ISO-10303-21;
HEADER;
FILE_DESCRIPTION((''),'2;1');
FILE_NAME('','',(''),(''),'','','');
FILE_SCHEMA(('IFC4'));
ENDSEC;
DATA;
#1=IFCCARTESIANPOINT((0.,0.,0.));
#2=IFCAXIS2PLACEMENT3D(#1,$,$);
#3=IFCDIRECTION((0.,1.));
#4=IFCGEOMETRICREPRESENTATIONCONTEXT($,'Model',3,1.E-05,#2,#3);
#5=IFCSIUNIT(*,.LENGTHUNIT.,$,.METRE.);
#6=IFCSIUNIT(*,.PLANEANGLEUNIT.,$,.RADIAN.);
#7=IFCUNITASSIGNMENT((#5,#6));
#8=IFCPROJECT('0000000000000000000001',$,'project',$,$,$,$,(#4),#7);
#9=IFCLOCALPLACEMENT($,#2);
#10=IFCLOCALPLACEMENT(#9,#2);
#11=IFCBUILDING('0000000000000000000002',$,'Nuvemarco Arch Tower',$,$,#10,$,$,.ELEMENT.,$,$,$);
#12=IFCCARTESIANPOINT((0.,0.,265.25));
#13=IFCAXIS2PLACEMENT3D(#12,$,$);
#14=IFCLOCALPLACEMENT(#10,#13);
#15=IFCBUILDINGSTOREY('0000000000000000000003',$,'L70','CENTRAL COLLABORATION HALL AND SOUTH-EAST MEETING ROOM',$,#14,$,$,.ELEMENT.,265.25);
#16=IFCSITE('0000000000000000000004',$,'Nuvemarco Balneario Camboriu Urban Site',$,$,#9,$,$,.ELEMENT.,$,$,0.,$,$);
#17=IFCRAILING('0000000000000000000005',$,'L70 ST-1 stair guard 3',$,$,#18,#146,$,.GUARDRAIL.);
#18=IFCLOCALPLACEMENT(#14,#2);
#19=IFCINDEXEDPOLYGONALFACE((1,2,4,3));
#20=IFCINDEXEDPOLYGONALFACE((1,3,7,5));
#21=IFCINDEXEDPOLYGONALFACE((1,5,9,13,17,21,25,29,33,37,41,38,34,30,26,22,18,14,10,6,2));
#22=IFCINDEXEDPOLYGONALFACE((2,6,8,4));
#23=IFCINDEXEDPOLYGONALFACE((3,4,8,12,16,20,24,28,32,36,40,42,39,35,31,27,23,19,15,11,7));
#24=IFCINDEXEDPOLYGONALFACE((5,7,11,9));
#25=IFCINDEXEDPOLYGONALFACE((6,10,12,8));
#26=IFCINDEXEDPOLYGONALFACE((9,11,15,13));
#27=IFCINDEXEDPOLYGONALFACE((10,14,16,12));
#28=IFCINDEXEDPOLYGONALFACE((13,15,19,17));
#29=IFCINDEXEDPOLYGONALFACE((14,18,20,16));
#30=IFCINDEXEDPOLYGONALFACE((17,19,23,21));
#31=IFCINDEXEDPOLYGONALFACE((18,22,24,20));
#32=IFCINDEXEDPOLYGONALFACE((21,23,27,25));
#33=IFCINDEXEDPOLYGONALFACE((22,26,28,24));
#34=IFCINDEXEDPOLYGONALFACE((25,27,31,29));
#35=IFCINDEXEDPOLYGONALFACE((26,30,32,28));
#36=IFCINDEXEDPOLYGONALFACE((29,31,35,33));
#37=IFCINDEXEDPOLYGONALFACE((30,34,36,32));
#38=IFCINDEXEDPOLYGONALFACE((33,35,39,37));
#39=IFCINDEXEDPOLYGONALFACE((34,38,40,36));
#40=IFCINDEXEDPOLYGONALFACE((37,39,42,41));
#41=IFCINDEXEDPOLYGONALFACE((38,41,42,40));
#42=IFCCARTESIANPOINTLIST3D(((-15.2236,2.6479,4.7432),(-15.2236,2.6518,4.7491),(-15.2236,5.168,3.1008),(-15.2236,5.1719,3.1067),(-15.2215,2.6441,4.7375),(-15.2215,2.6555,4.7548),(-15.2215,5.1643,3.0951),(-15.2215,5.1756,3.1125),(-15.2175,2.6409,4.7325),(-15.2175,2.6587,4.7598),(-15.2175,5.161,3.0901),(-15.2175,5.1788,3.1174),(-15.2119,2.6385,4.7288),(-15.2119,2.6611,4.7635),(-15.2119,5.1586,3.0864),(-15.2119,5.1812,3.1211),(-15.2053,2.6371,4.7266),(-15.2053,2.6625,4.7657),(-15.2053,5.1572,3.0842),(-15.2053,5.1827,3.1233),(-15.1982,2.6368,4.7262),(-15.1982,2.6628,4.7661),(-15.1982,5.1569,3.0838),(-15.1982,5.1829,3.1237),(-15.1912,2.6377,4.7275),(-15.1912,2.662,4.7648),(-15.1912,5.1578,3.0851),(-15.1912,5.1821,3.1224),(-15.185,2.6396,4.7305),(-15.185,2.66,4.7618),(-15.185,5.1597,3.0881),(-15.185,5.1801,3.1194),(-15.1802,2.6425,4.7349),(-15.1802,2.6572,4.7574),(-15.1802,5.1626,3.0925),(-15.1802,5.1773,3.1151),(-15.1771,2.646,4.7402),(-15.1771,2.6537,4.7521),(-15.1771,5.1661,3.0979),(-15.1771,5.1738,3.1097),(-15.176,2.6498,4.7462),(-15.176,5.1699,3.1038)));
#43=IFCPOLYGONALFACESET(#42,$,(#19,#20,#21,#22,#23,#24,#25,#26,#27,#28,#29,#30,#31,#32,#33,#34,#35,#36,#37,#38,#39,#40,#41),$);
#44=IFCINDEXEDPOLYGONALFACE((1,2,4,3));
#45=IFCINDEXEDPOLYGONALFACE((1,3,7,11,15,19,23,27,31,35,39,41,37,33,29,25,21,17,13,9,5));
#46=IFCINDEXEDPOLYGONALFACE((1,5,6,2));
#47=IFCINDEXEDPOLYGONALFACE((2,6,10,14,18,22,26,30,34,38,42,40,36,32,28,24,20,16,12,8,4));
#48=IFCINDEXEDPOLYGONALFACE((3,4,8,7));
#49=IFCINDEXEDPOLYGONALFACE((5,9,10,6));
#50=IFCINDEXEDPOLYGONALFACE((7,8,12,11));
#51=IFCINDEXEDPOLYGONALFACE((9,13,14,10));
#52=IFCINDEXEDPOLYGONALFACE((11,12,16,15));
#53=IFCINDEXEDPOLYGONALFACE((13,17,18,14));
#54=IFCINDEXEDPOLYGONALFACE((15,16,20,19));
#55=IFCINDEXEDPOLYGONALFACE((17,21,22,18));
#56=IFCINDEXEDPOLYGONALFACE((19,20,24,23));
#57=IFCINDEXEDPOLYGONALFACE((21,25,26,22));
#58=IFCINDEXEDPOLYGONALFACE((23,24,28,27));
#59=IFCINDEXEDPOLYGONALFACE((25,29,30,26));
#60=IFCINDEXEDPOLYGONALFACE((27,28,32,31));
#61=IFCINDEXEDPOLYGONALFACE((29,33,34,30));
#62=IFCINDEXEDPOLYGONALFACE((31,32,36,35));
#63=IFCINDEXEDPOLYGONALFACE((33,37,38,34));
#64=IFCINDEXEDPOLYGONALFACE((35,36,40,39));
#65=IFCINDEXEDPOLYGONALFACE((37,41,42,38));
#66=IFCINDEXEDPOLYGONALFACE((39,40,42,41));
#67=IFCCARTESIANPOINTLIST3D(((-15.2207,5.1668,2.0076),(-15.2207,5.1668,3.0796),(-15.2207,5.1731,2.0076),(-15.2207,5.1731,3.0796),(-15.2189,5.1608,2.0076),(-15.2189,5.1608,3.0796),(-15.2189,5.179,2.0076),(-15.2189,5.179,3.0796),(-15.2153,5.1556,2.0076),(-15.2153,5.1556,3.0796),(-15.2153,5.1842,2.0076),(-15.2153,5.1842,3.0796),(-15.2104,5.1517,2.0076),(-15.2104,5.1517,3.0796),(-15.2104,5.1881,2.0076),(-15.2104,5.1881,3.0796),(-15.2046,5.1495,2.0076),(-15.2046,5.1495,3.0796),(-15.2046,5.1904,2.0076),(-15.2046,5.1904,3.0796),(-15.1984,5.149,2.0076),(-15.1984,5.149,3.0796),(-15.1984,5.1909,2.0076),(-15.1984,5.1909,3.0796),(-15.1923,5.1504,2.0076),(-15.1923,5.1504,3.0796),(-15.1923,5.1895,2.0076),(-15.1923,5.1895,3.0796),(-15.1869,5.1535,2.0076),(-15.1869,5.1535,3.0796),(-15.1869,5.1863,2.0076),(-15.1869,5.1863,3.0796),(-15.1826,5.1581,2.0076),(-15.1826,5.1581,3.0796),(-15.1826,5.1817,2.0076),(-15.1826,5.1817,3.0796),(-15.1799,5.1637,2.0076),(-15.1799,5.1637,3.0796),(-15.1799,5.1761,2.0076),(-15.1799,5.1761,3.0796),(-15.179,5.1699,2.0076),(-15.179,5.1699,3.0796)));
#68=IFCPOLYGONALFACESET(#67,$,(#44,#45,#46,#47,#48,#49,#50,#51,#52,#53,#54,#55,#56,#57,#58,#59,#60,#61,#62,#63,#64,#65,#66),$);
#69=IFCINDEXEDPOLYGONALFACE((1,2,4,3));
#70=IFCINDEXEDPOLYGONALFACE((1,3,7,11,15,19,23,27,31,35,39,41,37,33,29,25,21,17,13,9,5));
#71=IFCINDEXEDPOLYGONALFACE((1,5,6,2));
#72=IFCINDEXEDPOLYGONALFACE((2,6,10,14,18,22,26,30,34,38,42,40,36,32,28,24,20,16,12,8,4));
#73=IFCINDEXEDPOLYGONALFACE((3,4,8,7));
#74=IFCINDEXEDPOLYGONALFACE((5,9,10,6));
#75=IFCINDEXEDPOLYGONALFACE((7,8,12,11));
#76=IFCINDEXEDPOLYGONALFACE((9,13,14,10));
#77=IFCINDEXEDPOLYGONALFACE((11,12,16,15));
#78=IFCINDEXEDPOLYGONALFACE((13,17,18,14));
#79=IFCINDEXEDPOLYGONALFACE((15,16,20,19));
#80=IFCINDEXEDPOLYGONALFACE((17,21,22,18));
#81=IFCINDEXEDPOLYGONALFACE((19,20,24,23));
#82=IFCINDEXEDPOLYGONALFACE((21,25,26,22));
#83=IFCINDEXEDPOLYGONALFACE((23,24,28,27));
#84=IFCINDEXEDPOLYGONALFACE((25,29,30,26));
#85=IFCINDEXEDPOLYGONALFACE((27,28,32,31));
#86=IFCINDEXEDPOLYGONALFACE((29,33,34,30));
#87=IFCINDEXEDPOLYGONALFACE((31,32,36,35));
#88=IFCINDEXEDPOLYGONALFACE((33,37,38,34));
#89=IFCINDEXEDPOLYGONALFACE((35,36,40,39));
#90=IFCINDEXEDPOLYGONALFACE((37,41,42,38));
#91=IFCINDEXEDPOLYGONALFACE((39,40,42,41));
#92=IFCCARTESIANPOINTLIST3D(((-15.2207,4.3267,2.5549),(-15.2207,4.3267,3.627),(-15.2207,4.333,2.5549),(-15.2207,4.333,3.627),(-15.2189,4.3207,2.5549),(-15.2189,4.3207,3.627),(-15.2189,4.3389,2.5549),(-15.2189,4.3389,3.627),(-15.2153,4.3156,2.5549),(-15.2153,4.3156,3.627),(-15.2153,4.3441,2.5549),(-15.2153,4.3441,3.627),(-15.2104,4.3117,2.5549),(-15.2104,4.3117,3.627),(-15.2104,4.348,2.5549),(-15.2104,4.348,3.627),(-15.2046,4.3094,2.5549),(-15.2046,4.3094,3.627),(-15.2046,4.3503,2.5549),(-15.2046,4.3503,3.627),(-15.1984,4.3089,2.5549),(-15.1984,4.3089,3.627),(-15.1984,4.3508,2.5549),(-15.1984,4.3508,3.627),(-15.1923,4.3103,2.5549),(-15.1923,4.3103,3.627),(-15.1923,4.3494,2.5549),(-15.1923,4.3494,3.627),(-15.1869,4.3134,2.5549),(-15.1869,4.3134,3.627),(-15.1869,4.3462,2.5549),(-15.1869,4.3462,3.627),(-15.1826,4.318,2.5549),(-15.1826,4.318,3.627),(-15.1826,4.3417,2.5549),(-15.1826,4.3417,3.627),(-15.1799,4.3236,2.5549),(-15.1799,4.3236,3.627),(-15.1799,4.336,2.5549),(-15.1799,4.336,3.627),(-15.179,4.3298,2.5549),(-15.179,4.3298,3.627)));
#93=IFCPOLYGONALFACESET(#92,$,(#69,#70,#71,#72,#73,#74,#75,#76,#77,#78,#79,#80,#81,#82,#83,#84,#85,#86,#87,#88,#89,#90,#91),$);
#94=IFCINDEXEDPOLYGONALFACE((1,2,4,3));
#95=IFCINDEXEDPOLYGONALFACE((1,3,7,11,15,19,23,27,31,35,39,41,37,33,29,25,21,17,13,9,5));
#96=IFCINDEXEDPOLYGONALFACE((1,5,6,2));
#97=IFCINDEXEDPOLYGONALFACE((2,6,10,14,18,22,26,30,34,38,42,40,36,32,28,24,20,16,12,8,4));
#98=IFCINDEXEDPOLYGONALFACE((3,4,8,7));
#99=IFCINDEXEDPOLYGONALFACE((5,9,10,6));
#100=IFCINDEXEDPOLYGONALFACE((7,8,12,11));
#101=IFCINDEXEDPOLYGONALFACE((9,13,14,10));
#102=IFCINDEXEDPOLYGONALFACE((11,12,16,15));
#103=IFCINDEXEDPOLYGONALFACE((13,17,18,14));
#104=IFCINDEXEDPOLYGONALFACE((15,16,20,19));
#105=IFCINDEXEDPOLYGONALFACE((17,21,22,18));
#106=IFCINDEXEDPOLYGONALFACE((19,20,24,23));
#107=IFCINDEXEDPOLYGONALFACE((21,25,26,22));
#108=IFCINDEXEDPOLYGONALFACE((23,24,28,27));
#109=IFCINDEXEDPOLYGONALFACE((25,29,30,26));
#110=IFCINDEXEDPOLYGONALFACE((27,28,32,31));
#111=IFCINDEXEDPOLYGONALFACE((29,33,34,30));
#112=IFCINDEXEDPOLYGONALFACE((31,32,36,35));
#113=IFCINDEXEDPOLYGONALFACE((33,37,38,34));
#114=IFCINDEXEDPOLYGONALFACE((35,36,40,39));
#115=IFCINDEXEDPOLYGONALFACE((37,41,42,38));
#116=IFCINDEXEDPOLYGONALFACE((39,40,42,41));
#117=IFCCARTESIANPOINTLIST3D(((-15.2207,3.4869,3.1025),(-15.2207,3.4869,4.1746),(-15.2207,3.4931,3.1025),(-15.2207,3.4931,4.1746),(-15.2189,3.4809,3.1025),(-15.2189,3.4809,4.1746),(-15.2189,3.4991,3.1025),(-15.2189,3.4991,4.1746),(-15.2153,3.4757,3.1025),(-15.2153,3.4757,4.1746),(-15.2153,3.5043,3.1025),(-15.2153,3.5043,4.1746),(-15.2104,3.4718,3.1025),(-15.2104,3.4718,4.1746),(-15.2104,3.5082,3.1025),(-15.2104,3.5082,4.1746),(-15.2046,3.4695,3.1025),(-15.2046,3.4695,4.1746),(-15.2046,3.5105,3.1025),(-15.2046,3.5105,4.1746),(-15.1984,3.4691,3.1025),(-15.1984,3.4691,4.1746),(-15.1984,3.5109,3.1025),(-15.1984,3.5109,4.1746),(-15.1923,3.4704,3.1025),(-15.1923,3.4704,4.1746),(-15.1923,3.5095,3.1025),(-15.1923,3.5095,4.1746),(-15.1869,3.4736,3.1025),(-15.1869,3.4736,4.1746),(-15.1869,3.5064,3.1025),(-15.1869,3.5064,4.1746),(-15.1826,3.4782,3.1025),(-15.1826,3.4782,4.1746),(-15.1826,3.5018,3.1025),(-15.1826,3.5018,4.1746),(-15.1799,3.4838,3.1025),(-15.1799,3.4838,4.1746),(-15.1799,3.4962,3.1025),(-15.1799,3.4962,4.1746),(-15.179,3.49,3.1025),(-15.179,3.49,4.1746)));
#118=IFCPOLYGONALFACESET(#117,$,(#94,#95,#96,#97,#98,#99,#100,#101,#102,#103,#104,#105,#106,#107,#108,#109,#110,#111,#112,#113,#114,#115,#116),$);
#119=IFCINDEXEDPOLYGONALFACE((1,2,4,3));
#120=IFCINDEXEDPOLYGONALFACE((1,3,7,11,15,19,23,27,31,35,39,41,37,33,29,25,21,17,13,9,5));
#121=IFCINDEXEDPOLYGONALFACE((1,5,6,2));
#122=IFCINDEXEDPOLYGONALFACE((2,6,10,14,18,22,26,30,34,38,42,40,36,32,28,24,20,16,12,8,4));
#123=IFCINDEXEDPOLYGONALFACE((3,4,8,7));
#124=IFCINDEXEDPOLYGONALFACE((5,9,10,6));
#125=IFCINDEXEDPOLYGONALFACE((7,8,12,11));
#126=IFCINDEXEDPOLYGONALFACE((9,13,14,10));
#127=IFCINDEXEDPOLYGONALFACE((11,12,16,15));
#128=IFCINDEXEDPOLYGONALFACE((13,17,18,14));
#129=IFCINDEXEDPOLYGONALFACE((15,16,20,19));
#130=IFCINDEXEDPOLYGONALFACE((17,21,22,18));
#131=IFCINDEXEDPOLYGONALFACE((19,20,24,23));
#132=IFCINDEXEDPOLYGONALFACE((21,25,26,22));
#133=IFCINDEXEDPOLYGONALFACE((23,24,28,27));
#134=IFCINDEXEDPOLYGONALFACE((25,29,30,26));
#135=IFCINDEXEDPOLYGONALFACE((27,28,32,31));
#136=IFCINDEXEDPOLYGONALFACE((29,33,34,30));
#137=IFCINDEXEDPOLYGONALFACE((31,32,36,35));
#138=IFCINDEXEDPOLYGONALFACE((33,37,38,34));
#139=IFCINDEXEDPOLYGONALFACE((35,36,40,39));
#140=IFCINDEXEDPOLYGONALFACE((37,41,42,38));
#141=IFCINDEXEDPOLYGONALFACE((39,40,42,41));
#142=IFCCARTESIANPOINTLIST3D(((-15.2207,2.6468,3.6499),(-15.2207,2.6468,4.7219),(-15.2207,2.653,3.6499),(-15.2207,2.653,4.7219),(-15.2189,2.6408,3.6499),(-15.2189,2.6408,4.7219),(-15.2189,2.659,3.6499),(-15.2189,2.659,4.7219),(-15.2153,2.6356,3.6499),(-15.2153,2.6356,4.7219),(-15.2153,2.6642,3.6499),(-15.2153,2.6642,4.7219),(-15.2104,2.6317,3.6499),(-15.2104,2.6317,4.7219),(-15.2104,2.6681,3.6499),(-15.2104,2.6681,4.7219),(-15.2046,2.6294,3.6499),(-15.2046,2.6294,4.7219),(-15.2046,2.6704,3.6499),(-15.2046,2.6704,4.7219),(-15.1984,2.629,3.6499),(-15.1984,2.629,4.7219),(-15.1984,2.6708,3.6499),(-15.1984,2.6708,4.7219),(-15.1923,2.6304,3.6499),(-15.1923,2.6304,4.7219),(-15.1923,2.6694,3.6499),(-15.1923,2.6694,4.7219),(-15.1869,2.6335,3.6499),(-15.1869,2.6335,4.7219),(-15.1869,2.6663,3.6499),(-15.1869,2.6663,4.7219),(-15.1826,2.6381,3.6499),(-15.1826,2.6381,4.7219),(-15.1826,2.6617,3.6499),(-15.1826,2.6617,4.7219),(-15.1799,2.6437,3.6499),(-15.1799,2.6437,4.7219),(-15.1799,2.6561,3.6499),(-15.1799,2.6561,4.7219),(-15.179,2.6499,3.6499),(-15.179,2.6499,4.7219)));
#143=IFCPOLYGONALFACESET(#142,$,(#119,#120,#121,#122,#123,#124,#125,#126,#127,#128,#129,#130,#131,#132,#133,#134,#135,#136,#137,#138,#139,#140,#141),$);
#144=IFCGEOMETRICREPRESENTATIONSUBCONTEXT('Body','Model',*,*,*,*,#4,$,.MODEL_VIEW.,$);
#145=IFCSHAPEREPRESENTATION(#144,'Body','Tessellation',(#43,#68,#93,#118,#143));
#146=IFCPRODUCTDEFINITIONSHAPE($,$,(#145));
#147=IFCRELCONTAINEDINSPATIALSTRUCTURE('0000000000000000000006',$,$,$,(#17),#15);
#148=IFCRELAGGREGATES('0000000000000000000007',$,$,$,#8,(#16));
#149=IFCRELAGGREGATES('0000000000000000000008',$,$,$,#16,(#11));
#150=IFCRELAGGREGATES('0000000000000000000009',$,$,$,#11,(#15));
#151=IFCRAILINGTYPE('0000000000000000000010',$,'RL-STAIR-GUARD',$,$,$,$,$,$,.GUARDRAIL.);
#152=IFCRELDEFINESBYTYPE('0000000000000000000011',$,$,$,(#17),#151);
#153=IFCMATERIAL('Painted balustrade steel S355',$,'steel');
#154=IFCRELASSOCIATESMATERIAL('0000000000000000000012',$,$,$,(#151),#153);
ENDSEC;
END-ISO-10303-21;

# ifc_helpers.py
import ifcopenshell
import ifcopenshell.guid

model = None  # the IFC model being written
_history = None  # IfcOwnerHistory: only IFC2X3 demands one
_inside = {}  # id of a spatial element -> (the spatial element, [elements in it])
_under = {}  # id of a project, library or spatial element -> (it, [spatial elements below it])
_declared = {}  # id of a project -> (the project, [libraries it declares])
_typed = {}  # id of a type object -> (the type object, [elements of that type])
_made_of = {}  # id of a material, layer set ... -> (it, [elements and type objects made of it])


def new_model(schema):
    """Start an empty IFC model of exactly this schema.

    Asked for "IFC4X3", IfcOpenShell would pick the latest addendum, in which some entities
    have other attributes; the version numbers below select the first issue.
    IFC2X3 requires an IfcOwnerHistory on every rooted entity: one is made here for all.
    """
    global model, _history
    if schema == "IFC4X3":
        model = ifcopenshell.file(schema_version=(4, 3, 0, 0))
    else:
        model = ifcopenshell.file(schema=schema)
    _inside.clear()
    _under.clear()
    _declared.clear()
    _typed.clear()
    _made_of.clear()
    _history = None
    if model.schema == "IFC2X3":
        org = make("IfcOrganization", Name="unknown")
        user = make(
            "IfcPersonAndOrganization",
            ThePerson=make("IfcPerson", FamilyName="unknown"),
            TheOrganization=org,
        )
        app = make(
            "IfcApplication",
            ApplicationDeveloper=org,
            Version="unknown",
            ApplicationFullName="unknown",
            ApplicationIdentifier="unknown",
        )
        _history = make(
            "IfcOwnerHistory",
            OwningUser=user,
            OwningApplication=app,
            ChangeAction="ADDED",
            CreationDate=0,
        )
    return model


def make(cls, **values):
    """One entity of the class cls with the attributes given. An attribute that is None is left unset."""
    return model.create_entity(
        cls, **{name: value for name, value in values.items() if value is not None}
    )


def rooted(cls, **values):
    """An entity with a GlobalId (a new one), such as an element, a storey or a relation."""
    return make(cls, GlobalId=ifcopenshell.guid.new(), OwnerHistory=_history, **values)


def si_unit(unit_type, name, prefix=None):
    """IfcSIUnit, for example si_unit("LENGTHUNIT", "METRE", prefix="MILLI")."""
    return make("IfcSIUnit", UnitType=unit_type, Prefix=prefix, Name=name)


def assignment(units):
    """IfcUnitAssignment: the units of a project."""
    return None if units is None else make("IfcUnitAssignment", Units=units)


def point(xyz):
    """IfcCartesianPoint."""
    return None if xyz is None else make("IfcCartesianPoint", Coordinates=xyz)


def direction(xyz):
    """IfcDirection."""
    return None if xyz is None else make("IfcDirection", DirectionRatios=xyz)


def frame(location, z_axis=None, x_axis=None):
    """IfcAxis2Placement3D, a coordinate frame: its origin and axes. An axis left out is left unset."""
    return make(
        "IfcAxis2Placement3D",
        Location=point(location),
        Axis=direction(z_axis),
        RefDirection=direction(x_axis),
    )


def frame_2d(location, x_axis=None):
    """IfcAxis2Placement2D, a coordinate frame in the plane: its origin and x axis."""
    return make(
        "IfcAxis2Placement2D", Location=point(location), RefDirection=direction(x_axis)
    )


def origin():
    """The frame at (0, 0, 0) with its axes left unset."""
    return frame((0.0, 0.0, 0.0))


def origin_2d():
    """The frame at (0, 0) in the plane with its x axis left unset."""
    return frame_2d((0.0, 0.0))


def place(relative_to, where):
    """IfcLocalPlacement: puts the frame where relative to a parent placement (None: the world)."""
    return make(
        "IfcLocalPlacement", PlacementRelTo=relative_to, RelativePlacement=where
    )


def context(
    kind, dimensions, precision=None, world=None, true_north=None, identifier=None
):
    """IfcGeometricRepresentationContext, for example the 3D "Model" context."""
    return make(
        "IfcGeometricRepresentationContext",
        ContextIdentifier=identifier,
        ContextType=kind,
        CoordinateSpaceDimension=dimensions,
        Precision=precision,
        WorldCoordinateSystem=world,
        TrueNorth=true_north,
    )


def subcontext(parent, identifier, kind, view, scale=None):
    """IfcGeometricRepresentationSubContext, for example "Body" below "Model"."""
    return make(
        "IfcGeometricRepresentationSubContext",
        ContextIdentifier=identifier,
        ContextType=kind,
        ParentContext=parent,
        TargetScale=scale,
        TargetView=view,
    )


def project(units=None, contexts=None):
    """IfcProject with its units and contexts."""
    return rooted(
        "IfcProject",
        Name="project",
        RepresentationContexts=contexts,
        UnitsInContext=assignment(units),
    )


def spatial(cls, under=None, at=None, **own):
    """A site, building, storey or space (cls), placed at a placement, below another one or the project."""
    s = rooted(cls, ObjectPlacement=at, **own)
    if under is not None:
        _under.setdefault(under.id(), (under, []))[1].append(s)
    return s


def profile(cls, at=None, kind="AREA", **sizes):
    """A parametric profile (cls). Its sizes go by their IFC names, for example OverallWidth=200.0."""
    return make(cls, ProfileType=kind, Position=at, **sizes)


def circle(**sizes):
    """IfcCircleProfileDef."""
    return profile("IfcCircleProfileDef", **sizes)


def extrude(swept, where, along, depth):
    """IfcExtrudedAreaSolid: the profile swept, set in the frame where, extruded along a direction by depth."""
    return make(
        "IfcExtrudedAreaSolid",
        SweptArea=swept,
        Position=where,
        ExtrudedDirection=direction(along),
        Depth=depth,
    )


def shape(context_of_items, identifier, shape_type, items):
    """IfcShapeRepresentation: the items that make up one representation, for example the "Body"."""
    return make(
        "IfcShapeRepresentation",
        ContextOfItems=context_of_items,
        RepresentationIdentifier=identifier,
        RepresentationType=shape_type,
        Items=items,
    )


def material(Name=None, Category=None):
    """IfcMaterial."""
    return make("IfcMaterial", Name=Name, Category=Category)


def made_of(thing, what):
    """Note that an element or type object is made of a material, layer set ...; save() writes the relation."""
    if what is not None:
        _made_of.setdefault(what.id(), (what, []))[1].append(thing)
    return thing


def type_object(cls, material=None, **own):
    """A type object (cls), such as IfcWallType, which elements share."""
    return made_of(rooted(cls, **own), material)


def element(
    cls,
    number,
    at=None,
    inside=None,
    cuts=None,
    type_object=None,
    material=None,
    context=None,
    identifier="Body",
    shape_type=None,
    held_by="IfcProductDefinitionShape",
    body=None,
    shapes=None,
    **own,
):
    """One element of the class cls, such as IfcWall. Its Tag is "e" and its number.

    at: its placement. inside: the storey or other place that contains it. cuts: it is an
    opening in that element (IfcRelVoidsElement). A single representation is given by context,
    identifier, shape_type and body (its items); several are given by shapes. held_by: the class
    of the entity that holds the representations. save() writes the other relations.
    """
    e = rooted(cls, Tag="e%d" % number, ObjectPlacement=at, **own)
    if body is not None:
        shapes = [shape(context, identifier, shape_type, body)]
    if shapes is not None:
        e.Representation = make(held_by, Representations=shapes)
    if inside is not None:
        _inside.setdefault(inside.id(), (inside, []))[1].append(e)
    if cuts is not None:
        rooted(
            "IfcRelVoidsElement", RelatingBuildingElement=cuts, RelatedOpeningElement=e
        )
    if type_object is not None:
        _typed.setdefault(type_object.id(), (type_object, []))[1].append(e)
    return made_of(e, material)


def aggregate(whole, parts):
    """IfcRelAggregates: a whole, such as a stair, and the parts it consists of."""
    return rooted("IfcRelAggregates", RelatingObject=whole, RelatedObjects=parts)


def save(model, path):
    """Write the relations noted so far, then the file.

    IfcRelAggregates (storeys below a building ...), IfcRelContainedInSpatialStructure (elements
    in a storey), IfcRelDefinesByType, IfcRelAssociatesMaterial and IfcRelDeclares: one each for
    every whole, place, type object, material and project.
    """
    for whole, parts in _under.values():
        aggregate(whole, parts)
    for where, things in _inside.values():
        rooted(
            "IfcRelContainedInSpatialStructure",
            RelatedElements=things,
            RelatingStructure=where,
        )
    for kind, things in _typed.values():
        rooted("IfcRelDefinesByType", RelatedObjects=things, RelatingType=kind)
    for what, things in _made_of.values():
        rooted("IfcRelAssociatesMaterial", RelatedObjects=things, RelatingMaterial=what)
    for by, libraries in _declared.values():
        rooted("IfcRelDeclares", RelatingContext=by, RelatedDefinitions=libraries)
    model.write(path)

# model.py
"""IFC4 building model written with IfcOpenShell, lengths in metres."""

from ifc_helpers import new_model, si_unit, direction, frame, origin, origin_2d, place, context, subcontext, project, spatial, circle, extrude, material, type_object, element, save


model = new_model("IFC4")

# Units and contexts
model_context = context("Model", 3, precision=1e-05, world=origin(), true_north=direction((0.0, 1.0)))
body_context = subcontext(model_context, "Body", "Model", "MODEL_VIEW")
ifc_project = project(units=[si_unit("LENGTHUNIT", "METRE"), si_unit("PLANEANGLEUNIT", "RADIAN")], contexts=[model_context])

# Site, building, storey
site_placement = place(None, origin())
site = spatial("IfcSite", under=ifc_project, at=site_placement, Name="Nuvemarco Balneario Camboriu Urban Site", CompositionType="ELEMENT", RefElevation=0.0)
building_placement = place(site_placement, origin())
building = spatial("IfcBuilding", under=site, at=building_placement, Name="Nuvemarco Arch Tower", CompositionType="ELEMENT")
storey_placement = place(building_placement, frame((0.0, 0.0, 265.25)))
storey = spatial("IfcBuildingStorey", under=building, at=storey_placement, Name="L70", Description="CENTRAL COLLABORATION HALL AND SOUTH-EAST MEETING ROOM", CompositionType="ELEMENT", Elevation=265.25)

# Railing
ifc_material_1 = material(Name="Painted balustrade steel S355", Category="steel")
railing_type_1 = type_object("IfcRailingType", Name="RL-STAIR-GUARD", PredefinedType="GUARDRAIL", material=ifc_material_1)
railing_1_placement = place(storey_placement, frame((-15.2, 5.1699, 2.0076)))
element("IfcRailing", 1, at=railing_1_placement, inside=storey, type_object=railing_type_1, Name="L70 ST-1 stair guard 3", PredefinedType="GUARDRAIL", context=body_context, shape_type="SweptSolid", body=[
    extrude(circle(Radius=0.0239, at=origin_2d()), frame((0.0, 0.0, 1.0962), z_axis=(0.0, -0.837787, 0.545998), x_axis=(1.0, 0.0, 0.0)), (0.0, 0.0, 1.0), 3.0081),
    extrude(circle(Radius=0.021, at=origin_2d()), origin(), (0.0, 0.0, 1.0), 1.072),
    extrude(circle(Radius=0.021, at=origin_2d()), frame((0.0, -0.8401, 0.5474)), (0.0, 0.0, 1.0), 1.072),
    extrude(circle(Radius=0.021, at=origin_2d()), frame((0.0, -1.6799, 1.095)), (0.0, 0.0, 1.0), 1.072),
    extrude(circle(Radius=0.021, at=origin_2d()), frame((0.0, -2.52, 1.6423)), (0.0, 0.0, 1.0), 1.072),
])

save(model, "model.ifc")
